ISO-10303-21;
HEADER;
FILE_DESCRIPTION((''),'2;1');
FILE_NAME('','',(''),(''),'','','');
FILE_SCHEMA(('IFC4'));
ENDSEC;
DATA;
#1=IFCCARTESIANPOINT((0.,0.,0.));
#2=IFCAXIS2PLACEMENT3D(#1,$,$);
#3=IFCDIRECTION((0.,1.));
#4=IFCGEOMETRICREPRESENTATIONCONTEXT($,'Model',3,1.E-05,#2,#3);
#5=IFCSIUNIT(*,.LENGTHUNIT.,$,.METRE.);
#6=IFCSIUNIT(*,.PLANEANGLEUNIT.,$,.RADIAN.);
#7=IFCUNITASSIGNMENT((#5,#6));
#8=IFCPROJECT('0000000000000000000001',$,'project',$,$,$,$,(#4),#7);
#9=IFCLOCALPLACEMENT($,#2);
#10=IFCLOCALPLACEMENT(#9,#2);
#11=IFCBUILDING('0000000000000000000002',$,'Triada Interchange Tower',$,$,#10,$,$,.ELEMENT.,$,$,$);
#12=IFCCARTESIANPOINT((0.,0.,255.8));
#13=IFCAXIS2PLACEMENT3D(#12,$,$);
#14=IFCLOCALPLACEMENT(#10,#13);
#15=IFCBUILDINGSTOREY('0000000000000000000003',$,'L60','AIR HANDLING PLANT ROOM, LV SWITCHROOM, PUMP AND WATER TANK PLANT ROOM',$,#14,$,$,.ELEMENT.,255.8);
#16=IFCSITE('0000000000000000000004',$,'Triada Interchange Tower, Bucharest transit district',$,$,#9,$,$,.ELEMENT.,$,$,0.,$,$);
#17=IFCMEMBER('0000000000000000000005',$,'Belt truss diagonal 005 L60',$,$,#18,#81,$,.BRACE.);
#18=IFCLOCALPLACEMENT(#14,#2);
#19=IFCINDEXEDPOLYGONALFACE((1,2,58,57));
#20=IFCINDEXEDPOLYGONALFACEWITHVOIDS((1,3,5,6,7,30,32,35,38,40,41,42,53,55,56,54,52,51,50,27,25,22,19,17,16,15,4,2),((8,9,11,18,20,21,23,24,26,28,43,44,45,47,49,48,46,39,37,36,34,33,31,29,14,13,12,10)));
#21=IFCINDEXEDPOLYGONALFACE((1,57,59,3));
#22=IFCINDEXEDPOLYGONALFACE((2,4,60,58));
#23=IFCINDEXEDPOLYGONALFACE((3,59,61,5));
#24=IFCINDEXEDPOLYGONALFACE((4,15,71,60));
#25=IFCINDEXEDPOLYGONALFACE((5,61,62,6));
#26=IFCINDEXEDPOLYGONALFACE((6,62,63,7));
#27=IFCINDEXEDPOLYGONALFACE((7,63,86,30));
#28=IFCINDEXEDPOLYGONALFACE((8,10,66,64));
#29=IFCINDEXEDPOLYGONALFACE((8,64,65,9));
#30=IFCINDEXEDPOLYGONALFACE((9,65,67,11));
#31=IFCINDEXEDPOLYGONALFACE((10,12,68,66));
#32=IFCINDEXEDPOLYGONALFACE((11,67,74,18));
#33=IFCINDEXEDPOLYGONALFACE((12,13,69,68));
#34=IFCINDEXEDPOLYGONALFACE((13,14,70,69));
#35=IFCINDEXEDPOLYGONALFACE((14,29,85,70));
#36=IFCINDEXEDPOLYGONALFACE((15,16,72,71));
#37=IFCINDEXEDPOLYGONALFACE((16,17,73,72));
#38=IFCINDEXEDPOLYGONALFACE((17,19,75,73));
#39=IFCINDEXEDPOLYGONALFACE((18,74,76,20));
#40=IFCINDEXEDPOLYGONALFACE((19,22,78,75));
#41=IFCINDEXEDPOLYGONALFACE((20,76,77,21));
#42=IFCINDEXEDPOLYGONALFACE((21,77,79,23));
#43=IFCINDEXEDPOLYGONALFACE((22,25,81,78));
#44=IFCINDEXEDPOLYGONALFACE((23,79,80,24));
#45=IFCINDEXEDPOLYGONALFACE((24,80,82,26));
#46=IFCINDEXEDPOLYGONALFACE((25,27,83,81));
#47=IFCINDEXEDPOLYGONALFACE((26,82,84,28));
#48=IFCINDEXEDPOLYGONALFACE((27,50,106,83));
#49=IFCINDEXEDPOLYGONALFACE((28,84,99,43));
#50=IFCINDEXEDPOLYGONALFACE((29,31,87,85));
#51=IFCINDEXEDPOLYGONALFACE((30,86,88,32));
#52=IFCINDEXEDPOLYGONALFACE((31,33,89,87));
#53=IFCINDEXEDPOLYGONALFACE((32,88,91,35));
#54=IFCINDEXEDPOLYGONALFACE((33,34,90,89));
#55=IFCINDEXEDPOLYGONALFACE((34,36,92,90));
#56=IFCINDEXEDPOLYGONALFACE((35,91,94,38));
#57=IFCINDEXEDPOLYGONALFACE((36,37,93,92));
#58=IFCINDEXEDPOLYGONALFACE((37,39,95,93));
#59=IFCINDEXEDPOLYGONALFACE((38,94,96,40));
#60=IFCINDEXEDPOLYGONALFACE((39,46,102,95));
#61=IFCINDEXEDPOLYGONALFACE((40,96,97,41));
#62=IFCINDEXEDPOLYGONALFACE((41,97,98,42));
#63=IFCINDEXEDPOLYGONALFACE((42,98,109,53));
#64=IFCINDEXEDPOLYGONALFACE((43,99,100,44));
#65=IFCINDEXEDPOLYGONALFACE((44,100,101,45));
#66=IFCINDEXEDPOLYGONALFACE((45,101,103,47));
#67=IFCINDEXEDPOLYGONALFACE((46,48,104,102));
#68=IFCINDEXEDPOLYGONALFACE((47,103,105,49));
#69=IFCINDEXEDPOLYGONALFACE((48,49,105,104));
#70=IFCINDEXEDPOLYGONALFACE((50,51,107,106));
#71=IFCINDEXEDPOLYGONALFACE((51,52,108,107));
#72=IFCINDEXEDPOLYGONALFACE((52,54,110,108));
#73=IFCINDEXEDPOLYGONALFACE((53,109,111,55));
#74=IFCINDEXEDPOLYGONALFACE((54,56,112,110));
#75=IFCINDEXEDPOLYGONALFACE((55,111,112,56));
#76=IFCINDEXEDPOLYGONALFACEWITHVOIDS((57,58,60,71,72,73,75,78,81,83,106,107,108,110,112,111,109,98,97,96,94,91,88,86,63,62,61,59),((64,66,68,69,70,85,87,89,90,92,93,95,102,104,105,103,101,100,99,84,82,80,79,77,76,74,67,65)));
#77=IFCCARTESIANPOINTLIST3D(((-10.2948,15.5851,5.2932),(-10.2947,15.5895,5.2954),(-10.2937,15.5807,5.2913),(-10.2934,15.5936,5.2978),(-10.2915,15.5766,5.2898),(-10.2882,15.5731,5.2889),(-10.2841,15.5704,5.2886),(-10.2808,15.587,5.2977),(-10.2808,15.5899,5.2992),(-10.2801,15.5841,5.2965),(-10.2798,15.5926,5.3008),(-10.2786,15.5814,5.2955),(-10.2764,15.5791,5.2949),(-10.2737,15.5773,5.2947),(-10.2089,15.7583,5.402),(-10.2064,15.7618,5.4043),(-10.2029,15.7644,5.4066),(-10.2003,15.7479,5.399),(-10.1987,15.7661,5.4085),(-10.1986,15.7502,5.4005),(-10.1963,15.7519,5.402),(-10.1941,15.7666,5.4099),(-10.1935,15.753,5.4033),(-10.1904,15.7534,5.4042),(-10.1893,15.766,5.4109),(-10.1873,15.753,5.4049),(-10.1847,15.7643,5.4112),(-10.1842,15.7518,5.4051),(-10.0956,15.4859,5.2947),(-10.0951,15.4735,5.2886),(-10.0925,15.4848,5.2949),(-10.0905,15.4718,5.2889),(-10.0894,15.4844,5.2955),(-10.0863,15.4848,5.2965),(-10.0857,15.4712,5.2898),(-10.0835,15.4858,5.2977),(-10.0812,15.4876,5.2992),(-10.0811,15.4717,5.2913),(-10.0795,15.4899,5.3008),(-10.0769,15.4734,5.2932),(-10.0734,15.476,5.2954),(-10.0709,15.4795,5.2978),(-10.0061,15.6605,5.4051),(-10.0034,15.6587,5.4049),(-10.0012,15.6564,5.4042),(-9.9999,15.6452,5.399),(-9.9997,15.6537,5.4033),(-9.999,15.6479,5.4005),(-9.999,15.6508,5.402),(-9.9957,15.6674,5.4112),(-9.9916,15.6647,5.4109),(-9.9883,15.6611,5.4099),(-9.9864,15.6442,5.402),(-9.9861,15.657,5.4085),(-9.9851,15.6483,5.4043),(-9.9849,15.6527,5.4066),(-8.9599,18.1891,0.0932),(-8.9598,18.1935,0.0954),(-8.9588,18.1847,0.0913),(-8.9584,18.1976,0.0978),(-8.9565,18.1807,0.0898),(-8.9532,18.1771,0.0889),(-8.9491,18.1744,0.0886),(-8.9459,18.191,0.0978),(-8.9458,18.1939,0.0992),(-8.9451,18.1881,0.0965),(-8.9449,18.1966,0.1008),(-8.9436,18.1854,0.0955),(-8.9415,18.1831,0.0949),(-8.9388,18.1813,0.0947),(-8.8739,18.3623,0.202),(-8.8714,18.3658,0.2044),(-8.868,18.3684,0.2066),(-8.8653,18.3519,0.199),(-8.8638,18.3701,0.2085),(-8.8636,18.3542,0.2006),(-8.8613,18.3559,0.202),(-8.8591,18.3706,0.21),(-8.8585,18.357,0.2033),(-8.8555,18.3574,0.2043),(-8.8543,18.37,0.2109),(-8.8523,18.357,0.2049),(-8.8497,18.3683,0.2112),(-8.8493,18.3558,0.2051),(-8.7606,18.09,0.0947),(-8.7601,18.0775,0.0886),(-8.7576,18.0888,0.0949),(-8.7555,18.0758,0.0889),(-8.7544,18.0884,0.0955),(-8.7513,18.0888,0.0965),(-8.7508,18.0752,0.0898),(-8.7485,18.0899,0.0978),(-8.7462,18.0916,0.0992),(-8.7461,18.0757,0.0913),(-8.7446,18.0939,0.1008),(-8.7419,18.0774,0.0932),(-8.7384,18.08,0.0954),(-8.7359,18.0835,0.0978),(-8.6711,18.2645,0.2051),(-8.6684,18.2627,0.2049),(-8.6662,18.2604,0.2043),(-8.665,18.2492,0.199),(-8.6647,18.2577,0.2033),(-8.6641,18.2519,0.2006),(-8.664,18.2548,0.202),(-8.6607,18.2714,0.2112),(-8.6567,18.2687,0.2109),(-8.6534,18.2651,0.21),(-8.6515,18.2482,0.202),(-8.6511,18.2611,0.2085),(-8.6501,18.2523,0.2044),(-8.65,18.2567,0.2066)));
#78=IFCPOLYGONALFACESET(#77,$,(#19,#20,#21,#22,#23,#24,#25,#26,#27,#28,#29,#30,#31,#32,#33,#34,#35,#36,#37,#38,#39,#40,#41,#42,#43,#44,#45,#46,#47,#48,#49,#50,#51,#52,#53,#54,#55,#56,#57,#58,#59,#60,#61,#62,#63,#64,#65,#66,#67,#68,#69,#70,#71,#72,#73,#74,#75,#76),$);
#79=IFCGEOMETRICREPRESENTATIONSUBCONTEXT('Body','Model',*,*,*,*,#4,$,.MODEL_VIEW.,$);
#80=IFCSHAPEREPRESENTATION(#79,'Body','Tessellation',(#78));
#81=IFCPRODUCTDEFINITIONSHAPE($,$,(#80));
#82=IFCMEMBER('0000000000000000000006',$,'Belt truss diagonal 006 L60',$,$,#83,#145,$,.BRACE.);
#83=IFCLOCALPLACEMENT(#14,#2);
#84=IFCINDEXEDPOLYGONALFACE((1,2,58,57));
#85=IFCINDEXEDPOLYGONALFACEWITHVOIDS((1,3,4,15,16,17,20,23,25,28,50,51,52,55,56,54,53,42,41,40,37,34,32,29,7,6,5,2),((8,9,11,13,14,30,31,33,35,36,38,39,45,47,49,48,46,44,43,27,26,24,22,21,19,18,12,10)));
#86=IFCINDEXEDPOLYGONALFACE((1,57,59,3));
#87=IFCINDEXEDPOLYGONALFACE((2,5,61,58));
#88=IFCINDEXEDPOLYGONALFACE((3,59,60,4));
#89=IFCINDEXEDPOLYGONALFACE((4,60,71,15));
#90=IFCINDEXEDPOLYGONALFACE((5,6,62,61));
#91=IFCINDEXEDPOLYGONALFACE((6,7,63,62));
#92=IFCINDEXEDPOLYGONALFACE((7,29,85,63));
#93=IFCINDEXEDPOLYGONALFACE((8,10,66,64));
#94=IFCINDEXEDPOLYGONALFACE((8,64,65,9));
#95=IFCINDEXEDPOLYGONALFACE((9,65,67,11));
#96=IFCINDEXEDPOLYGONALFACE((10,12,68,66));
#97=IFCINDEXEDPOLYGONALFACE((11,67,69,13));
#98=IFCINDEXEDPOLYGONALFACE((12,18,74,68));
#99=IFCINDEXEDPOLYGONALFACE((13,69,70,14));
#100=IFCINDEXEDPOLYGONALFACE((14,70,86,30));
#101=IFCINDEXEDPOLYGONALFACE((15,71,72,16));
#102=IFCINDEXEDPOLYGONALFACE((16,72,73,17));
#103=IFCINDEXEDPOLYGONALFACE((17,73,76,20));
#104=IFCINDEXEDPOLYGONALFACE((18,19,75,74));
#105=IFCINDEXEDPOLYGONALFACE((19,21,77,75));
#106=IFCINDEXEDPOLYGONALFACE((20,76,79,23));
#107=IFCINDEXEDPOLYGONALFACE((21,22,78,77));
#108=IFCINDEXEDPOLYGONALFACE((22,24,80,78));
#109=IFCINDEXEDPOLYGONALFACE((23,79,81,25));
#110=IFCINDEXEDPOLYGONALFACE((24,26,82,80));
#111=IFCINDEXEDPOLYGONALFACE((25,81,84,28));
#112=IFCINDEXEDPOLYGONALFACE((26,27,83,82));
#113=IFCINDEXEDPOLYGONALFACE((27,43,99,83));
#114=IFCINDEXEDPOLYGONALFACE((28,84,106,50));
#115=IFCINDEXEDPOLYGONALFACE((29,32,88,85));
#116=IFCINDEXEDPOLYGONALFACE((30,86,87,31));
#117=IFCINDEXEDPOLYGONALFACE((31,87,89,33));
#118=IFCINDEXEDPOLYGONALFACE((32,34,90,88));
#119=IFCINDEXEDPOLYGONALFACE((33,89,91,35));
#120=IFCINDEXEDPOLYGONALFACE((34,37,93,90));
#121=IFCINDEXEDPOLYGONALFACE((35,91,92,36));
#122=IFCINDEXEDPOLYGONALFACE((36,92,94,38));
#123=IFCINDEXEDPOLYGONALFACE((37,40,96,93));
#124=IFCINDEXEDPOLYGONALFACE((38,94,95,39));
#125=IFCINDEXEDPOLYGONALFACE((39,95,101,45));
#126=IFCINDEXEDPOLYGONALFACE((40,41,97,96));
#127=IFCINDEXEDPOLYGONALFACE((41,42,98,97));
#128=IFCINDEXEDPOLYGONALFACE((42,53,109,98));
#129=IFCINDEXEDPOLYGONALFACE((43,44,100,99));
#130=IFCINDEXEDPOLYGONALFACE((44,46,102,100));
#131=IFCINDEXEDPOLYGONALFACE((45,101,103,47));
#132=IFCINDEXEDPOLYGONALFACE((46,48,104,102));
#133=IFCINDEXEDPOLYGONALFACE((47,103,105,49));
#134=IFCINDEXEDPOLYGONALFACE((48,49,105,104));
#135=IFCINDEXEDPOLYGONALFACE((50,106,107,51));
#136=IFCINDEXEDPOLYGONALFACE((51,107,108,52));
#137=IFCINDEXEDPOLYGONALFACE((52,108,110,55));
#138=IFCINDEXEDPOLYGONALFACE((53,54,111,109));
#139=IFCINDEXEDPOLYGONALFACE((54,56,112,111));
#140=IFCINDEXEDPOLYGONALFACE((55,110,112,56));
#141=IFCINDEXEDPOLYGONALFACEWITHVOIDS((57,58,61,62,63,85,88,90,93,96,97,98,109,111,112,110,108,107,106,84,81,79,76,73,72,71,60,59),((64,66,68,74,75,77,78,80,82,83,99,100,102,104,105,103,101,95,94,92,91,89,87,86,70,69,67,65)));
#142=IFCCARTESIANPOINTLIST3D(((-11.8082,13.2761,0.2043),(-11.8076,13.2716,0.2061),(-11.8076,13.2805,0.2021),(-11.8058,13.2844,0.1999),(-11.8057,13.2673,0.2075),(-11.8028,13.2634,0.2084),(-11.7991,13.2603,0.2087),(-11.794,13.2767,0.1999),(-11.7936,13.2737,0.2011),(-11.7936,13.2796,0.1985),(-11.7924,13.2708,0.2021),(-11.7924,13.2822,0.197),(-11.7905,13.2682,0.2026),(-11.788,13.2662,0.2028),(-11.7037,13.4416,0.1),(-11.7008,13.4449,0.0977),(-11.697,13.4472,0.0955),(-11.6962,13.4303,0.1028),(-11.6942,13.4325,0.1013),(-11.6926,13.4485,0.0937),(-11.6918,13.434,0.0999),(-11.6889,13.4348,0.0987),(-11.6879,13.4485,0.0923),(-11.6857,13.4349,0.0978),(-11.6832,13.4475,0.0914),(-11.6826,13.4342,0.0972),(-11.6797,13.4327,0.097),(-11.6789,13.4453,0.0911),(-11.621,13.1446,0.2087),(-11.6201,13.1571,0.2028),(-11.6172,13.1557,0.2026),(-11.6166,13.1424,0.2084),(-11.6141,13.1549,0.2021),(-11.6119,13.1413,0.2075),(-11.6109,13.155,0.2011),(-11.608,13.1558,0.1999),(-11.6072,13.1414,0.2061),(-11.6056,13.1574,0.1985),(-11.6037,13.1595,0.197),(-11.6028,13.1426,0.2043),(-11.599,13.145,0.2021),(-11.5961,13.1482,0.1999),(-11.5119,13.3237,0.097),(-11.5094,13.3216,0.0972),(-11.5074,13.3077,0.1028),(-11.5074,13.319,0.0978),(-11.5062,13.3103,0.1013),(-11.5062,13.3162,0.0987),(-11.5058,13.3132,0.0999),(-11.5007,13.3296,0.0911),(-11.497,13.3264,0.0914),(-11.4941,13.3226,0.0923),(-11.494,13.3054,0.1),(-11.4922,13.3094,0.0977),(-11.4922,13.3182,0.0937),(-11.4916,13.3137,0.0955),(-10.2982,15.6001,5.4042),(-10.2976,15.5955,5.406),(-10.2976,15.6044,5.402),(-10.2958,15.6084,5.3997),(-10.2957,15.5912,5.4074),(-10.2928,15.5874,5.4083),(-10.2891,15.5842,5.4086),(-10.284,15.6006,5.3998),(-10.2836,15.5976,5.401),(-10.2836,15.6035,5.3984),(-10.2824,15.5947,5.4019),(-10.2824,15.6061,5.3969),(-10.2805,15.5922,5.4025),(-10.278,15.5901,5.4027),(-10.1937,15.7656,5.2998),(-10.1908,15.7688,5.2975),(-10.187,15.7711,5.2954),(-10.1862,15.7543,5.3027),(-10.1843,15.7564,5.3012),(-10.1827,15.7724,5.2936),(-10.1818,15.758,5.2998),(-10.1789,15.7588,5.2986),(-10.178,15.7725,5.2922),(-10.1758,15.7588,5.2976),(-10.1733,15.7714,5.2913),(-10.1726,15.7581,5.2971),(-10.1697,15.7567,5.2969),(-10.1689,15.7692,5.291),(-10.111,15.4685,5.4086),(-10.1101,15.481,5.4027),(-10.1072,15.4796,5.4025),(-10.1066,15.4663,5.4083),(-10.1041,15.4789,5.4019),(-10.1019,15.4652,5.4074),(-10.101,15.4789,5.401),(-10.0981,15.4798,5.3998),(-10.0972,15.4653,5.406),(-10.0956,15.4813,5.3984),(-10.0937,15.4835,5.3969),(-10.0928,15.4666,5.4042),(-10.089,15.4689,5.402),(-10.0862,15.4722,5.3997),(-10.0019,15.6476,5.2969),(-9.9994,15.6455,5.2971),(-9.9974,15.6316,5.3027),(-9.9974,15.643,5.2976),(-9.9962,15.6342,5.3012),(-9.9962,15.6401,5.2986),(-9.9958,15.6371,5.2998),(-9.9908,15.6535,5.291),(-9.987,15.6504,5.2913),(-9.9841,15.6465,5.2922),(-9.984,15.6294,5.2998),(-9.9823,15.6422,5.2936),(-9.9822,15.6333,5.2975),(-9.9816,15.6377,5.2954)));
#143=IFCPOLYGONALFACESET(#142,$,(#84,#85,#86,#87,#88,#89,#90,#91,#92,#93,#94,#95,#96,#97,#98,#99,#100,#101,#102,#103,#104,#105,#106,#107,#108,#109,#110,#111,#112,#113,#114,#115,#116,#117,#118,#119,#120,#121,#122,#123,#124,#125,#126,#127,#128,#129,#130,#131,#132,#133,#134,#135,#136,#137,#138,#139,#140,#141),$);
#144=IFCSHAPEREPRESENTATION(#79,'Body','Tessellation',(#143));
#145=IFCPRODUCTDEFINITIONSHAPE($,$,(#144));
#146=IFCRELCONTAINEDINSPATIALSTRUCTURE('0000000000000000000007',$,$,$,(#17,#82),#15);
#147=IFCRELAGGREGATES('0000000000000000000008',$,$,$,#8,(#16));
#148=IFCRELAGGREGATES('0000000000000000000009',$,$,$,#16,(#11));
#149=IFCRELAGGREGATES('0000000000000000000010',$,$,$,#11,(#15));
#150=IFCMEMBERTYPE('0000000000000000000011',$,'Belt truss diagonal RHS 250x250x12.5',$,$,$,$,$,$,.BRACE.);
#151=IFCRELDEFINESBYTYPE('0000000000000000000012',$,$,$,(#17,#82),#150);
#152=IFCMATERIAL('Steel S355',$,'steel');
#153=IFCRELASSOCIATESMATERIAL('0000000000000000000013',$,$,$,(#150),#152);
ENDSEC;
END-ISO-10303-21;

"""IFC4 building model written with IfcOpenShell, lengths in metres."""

from ifc_helpers import new_model, si_unit, direction, frame, origin, origin_2d, place, context, subcontext, project, spatial, hollow_rectangle, extrude, material, material_profile, profile_set, type_object, element, save


model = new_model("IFC4")

# Units and contexts
model_context = context("Model", 3, precision=1e-05, world=origin(), true_north=direction((0.0, 1.0)))
body_context = subcontext(model_context, "Body", "Model", "MODEL_VIEW")
ifc_project = project(units=[si_unit("LENGTHUNIT", "METRE"), si_unit("PLANEANGLEUNIT", "RADIAN")], contexts=[model_context])

# Site, building, storey
site_placement = place(None, origin())
site = spatial("IfcSite", under=ifc_project, at=site_placement, Name="Triada Interchange Tower, Bucharest transit district", CompositionType="ELEMENT", RefElevation=0.0)
building_placement = place(site_placement, origin())
building = spatial("IfcBuilding", under=site, at=building_placement, Name="Triada Interchange Tower", CompositionType="ELEMENT")
storey_placement = place(building_placement, frame((0.0, 0.0, 255.8)))
storey = spatial("IfcBuildingStorey", under=building, at=storey_placement, Name="L60", Description="AIR HANDLING PLANT ROOM, LV SWITCHROOM, PUMP AND WATER TANK PLANT ROOM", CompositionType="ELEMENT", Elevation=255.8)

# Members
ifc_material_1 = material(Name="Steel S355", Category="steel")
ifc_material_profile_1 = material_profile(ifc_material_1, hollow_rectangle(XDim=0.25, YDim=0.25, WallThickness=0.0125, InnerFilletRadius=0.0125, OuterFilletRadius=0.0188, at=origin_2d()), Name="RHS 250x250x12.5")
ifc_profile_set_1 = profile_set([ifc_material_profile_1], Name="Steel S355")
member_type = type_object("IfcMemberType", Name="Belt truss diagonal RHS 250x250x12.5", PredefinedType="BRACE", material=ifc_profile_set_1)
member_1_placement = place(storey_placement, frame((-8.8049, 18.2229, 0.1499), z_axis=(-0.223732, -0.436417, 0.871484), x_axis=(0.889877, -0.456201, 0.0)))
element("IfcMember", 1, at=member_1_placement, inside=storey, type_object=member_type, Name="Belt truss diagonal 005 L60", PredefinedType="BRACE", context=body_context, shape_type="SweptSolid", body=[
    extrude(hollow_rectangle(XDim=0.25, YDim=0.25, WallThickness=0.0125, InnerFilletRadius=0.0125, OuterFilletRadius=0.0188, at=origin_2d()), origin(), (0.0, 0.0, 1.0), 5.9668),
])
member_2_placement = place(storey_placement, frame((-11.6499, 13.2949, 0.1499), z_axis=(0.256264, 0.394401, 0.882483), x_axis=(-0.838538, 0.544843, 0.0)))
element("IfcMember", 2, at=member_2_placement, inside=storey, type_object=member_type, Name="Belt truss diagonal 006 L60", PredefinedType="BRACE", context=body_context, shape_type="SweptSolid", body=[
    extrude(hollow_rectangle(XDim=0.25, YDim=0.25, WallThickness=0.0125, InnerFilletRadius=0.0125, OuterFilletRadius=0.0188, at=origin_2d()), origin(), (0.0, 0.0, 1.0), 5.8923),
])

save(model, "model.ifc")
